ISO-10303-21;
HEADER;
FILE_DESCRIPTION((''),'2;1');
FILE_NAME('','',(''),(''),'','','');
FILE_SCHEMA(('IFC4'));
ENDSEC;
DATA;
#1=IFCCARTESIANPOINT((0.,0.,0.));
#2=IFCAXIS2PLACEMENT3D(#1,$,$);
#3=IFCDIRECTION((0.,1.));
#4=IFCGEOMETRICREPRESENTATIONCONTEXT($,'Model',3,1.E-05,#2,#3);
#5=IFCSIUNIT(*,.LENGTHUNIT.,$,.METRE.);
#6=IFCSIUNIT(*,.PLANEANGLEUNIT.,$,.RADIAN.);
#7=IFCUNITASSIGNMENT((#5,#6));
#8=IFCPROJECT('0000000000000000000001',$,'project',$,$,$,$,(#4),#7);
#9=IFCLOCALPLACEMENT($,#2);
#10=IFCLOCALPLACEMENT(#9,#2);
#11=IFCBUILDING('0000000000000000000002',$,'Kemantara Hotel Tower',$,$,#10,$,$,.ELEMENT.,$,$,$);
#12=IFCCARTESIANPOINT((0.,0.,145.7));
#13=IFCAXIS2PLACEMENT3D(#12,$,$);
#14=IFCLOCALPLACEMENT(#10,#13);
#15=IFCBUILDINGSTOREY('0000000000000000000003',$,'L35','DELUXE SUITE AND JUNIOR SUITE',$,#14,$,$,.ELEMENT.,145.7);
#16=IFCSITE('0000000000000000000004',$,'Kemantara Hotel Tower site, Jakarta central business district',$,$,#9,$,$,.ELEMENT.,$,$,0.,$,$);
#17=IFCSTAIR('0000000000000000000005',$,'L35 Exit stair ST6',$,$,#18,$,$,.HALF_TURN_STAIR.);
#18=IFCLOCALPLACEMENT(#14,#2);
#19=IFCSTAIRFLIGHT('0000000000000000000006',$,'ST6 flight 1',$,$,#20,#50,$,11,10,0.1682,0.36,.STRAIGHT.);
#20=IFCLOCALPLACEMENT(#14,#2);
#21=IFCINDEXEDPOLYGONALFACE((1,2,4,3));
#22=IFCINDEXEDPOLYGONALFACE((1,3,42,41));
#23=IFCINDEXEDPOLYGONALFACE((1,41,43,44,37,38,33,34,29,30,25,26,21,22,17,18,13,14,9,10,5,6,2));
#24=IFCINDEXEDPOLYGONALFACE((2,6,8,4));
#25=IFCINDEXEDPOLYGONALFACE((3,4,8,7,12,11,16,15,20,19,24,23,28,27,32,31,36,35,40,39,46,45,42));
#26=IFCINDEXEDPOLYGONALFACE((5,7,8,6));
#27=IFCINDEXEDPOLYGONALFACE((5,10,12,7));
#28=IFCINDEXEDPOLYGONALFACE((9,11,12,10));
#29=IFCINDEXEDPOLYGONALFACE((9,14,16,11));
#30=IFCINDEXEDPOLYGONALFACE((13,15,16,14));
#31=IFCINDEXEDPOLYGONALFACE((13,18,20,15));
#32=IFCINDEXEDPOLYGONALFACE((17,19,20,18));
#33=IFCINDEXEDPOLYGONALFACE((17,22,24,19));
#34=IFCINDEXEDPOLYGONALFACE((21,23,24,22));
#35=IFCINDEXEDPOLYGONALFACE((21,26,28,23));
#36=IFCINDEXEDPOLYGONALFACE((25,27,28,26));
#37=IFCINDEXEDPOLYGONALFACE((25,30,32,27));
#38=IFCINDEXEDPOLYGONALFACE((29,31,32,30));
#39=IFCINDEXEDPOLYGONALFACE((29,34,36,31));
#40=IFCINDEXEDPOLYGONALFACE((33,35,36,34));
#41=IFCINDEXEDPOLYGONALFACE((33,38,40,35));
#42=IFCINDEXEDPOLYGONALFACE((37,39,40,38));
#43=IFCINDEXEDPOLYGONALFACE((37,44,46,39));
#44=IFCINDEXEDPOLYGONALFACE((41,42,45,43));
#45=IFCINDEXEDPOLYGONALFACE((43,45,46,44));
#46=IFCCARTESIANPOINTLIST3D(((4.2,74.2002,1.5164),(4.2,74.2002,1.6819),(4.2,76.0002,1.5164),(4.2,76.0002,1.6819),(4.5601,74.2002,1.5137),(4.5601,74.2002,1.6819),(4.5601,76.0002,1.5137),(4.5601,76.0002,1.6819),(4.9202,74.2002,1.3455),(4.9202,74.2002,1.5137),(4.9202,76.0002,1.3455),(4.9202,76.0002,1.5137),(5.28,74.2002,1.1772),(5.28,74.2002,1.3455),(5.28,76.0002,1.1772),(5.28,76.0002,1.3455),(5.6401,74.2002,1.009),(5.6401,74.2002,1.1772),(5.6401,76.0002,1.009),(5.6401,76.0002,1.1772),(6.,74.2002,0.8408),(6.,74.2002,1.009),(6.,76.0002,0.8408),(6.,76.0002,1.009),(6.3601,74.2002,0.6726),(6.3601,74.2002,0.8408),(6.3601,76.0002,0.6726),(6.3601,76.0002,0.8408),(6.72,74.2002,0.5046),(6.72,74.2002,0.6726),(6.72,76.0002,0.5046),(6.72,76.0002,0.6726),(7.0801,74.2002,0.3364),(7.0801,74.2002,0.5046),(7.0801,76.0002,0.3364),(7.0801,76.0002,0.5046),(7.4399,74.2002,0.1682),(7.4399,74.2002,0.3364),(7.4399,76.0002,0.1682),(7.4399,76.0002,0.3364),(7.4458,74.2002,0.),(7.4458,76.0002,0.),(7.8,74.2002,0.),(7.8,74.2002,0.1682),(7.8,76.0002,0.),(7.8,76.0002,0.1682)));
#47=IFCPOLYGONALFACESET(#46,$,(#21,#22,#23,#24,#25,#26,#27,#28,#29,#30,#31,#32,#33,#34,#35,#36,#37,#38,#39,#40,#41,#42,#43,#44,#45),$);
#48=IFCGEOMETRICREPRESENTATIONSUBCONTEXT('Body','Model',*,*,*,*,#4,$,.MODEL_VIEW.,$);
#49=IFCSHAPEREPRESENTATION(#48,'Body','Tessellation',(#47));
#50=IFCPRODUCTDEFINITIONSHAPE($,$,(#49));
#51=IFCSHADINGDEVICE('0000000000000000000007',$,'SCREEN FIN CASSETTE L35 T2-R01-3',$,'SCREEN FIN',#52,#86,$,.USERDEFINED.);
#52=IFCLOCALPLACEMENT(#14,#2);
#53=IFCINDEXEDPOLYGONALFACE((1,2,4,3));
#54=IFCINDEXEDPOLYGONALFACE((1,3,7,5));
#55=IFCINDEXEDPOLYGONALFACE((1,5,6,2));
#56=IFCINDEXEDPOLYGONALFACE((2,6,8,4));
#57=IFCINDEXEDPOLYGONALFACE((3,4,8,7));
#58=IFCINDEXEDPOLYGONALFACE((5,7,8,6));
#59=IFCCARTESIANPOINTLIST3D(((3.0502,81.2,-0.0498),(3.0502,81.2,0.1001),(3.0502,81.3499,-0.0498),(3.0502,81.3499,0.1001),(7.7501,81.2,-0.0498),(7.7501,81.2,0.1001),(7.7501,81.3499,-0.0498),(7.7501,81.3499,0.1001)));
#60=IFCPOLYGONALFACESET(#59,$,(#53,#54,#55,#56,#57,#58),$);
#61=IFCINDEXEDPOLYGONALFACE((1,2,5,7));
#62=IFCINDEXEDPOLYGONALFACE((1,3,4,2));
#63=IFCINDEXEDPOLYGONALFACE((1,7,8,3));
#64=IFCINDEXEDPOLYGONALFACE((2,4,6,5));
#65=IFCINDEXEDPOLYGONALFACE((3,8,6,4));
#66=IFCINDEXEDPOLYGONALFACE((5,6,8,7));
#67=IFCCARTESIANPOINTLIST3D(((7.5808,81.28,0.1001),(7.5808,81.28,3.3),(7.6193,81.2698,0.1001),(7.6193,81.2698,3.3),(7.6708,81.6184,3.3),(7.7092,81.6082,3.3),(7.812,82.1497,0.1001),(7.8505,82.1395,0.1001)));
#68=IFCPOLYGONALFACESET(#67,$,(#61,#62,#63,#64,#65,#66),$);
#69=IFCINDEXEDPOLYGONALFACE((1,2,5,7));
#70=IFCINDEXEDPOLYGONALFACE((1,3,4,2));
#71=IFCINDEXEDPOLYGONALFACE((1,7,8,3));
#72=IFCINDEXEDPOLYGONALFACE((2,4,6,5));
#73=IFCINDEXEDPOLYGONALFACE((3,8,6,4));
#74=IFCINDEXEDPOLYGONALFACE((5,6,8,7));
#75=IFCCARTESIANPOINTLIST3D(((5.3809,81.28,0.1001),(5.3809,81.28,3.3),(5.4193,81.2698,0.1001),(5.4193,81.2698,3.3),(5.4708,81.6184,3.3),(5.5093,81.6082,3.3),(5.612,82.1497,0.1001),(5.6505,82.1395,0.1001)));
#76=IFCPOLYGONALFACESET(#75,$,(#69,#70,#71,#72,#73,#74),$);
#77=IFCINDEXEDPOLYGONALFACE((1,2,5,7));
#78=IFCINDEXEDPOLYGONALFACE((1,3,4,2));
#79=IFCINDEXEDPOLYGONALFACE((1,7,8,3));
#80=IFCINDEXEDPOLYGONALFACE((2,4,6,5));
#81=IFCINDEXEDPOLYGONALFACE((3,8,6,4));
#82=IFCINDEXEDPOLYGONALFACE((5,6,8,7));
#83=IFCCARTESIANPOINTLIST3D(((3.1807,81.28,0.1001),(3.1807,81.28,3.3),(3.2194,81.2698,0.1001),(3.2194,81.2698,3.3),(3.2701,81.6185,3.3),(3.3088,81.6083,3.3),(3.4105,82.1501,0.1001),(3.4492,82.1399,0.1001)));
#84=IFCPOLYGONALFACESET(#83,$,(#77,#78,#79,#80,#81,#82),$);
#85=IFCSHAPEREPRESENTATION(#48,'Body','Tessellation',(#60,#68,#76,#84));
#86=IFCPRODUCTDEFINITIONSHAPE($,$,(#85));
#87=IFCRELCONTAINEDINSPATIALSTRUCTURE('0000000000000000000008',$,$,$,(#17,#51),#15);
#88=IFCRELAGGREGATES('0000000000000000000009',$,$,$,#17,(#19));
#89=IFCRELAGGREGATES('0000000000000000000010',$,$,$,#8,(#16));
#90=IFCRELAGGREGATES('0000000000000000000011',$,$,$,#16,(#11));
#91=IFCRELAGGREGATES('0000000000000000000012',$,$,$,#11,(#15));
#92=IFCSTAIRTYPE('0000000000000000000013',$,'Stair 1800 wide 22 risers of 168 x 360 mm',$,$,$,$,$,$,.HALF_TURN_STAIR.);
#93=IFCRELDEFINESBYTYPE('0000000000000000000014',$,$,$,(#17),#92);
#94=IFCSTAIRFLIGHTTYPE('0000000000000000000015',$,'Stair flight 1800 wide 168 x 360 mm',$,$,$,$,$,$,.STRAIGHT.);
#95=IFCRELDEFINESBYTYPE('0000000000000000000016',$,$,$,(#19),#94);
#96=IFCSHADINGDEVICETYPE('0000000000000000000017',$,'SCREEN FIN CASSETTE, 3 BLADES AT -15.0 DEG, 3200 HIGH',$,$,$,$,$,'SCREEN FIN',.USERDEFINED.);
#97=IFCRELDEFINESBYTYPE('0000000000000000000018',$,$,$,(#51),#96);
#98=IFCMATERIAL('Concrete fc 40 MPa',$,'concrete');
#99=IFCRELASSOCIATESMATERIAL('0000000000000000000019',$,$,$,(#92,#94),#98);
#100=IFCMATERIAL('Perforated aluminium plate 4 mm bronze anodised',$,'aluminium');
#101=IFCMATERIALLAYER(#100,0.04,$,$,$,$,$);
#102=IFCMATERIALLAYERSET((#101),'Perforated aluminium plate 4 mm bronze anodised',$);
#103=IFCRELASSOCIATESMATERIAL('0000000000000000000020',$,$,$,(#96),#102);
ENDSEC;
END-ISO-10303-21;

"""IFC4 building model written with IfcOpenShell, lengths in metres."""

from ifc_helpers import new_model, si_unit, direction, frame, origin, origin_2d, place, context, subcontext, project, spatial, polyline, rectangle, outline, extrude, source, transform, mapped, material, layer, layer_set, type_object, element, aggregate, save


model = new_model("IFC4")

# Units and contexts
model_context = context("Model", 3, precision=1e-05, world=origin(), true_north=direction((0.0, 1.0)))
body_context = subcontext(model_context, "Body", "Model", "MODEL_VIEW")
ifc_project = project(units=[si_unit("LENGTHUNIT", "METRE"), si_unit("PLANEANGLEUNIT", "RADIAN")], contexts=[model_context])

# Site, building, storey
site_placement = place(None, origin())
site = spatial("IfcSite", under=ifc_project, at=site_placement, Name="Kemantara Hotel Tower site, Jakarta central business district", CompositionType="ELEMENT", RefElevation=0.0)
building_placement = place(site_placement, origin())
building = spatial("IfcBuilding", under=site, at=building_placement, Name="Kemantara Hotel Tower", CompositionType="ELEMENT")
storey_placement = place(building_placement, frame((0.0, 0.0, 145.7)))
storey = spatial("IfcBuildingStorey", under=building, at=storey_placement, Name="L35", Description="DELUXE SUITE AND JUNIOR SUITE", CompositionType="ELEMENT", Elevation=145.7)

# Stair, stair flight
ifc_material_1 = material(Name="Concrete fc 40 MPa", Category="concrete")
stair_type = type_object("IfcStairType", Name="Stair 1800 wide 22 risers of 168 x 360 mm", PredefinedType="HALF_TURN_STAIR", material=ifc_material_1)
stair_placement = place(storey_placement, origin())
stair = element("IfcStair", 1, at=stair_placement, inside=storey, type_object=stair_type, Name="L35 Exit stair ST6", PredefinedType="HALF_TURN_STAIR")
stair_flight_type = type_object("IfcStairFlightType", Name="Stair flight 1800 wide 168 x 360 mm", PredefinedType="STRAIGHT", material=ifc_material_1)
stair_flight_placement = place(storey_placement, frame((7.8, 75.1001, 0.0), z_axis=(0.0, 0.0, 1.0), x_axis=(-1.0, 0.0, 0.0)))
stair_flight = element("IfcStairFlight", 2, at=stair_flight_placement, type_object=stair_flight_type, Name="ST6 flight 1", NumberOfRisers=11, NumberOfTreads=10, PredefinedType="STRAIGHT", RiserHeight=0.1682, TreadLength=0.36, context=body_context, shape_type="SweptSolid", body=[
    extrude(outline(polyline([(0.0, 0.0), (0.0, 0.1682), (0.3601, 0.1682), (0.3601, 0.3364), (0.72, 0.3364), (0.72, 0.5046), (1.0801, 0.5046), (1.0801, 0.6726), (1.4399, 0.6726), (1.4399, 0.8408), (1.8, 0.8408), (1.8, 1.009), (2.1599, 1.009), (2.1599, 1.1772), (2.52, 1.1772), (2.52, 1.3455), (2.8799, 1.3455), (2.8799, 1.5137), (3.24, 1.5137), (3.24, 1.6819), (3.6001, 1.6819), (3.6001, 1.8501), (3.6001, 1.5164), (0.3542, 0.0), (0.0, 0.0)])), frame((0.0, 0.8999, 0.0), z_axis=(0.0, -1.0, 0.0), x_axis=(1.0, 0.0, 0.0)), (0.0, 0.0, 1.0), 1.8),
])
aggregate(stair, [stair_flight])

# Shading device
ifc_material_2 = material(Name="Perforated aluminium plate 4 mm bronze anodised", Category="aluminium")
ifc_layer_1 = layer(ifc_material_2, 0.04)
ifc_layer_set_1 = layer_set([ifc_layer_1], Name="Perforated aluminium plate 4 mm bronze anodised")
shading_device_type = type_object("IfcShadingDeviceType", Name="SCREEN FIN CASSETTE, 3 BLADES AT -15.0 DEG, 3200 HIGH", ElementType="SCREEN FIN", PredefinedType="USERDEFINED", material=ifc_layer_set_1)
shared_shape_1 = source(origin(), body_context, "Body", "SweptSolid", [
    extrude(rectangle(XDim=4.7, YDim=0.1499, at=origin_2d()), frame((2.2, -0.075, -0.1499), z_axis=(0.0, 0.0, 1.0), x_axis=(1.0, 0.0, 0.0)), (0.0, 0.0, 1.0), 0.1499),
    extrude(outline(polyline([(0.0, 0.0), (0.8999, 0.0), (0.3501, 3.2), (0.0, 3.2), (0.0, 0.0)])), frame((0.0193, -0.0801, 0.0), z_axis=(-0.966438, 0.256901, 0.0), x_axis=(-0.256901, -0.966438, 0.0)), (0.0, 0.0, 1.0), 0.0398),
    extrude(outline(polyline([(0.0, 0.0), (0.8999, 0.0), (0.3501, 3.2), (0.0, 3.2), (0.0, 0.0)])), frame((2.2192, -0.0801, 0.0), z_axis=(-0.966438, 0.256901, 0.0), x_axis=(-0.256901, -0.966438, 0.0)), (0.0, 0.0, 1.0), 0.0398),
    extrude(outline(polyline([(0.0, 0.0), (0.8999, 0.0), (0.3501, 3.2), (0.0, 3.2), (0.0, 0.0)])), frame((4.4194, -0.0801, 0.0), z_axis=(-0.966838, 0.255391, 0.0), x_axis=(-0.255391, -0.966838, 0.0)), (0.0, 0.0, 1.0), 0.04),
])
shading_device_placement = place(storey_placement, frame((7.6001, 81.2, 0.1001), z_axis=(0.0, 0.0, 1.0), x_axis=(-1.0, 0.0, 0.0)))
element("IfcShadingDevice", 3, at=shading_device_placement, inside=storey, type_object=shading_device_type, Name="SCREEN FIN CASSETTE L35 T2-R01-3", ObjectType="SCREEN FIN", PredefinedType="USERDEFINED", context=body_context, shape_type="MappedRepresentation", body=[
    mapped(shared_shape_1, transform((0.0, 0.0, 0.0))),
])

save(model, "model.ifc")
